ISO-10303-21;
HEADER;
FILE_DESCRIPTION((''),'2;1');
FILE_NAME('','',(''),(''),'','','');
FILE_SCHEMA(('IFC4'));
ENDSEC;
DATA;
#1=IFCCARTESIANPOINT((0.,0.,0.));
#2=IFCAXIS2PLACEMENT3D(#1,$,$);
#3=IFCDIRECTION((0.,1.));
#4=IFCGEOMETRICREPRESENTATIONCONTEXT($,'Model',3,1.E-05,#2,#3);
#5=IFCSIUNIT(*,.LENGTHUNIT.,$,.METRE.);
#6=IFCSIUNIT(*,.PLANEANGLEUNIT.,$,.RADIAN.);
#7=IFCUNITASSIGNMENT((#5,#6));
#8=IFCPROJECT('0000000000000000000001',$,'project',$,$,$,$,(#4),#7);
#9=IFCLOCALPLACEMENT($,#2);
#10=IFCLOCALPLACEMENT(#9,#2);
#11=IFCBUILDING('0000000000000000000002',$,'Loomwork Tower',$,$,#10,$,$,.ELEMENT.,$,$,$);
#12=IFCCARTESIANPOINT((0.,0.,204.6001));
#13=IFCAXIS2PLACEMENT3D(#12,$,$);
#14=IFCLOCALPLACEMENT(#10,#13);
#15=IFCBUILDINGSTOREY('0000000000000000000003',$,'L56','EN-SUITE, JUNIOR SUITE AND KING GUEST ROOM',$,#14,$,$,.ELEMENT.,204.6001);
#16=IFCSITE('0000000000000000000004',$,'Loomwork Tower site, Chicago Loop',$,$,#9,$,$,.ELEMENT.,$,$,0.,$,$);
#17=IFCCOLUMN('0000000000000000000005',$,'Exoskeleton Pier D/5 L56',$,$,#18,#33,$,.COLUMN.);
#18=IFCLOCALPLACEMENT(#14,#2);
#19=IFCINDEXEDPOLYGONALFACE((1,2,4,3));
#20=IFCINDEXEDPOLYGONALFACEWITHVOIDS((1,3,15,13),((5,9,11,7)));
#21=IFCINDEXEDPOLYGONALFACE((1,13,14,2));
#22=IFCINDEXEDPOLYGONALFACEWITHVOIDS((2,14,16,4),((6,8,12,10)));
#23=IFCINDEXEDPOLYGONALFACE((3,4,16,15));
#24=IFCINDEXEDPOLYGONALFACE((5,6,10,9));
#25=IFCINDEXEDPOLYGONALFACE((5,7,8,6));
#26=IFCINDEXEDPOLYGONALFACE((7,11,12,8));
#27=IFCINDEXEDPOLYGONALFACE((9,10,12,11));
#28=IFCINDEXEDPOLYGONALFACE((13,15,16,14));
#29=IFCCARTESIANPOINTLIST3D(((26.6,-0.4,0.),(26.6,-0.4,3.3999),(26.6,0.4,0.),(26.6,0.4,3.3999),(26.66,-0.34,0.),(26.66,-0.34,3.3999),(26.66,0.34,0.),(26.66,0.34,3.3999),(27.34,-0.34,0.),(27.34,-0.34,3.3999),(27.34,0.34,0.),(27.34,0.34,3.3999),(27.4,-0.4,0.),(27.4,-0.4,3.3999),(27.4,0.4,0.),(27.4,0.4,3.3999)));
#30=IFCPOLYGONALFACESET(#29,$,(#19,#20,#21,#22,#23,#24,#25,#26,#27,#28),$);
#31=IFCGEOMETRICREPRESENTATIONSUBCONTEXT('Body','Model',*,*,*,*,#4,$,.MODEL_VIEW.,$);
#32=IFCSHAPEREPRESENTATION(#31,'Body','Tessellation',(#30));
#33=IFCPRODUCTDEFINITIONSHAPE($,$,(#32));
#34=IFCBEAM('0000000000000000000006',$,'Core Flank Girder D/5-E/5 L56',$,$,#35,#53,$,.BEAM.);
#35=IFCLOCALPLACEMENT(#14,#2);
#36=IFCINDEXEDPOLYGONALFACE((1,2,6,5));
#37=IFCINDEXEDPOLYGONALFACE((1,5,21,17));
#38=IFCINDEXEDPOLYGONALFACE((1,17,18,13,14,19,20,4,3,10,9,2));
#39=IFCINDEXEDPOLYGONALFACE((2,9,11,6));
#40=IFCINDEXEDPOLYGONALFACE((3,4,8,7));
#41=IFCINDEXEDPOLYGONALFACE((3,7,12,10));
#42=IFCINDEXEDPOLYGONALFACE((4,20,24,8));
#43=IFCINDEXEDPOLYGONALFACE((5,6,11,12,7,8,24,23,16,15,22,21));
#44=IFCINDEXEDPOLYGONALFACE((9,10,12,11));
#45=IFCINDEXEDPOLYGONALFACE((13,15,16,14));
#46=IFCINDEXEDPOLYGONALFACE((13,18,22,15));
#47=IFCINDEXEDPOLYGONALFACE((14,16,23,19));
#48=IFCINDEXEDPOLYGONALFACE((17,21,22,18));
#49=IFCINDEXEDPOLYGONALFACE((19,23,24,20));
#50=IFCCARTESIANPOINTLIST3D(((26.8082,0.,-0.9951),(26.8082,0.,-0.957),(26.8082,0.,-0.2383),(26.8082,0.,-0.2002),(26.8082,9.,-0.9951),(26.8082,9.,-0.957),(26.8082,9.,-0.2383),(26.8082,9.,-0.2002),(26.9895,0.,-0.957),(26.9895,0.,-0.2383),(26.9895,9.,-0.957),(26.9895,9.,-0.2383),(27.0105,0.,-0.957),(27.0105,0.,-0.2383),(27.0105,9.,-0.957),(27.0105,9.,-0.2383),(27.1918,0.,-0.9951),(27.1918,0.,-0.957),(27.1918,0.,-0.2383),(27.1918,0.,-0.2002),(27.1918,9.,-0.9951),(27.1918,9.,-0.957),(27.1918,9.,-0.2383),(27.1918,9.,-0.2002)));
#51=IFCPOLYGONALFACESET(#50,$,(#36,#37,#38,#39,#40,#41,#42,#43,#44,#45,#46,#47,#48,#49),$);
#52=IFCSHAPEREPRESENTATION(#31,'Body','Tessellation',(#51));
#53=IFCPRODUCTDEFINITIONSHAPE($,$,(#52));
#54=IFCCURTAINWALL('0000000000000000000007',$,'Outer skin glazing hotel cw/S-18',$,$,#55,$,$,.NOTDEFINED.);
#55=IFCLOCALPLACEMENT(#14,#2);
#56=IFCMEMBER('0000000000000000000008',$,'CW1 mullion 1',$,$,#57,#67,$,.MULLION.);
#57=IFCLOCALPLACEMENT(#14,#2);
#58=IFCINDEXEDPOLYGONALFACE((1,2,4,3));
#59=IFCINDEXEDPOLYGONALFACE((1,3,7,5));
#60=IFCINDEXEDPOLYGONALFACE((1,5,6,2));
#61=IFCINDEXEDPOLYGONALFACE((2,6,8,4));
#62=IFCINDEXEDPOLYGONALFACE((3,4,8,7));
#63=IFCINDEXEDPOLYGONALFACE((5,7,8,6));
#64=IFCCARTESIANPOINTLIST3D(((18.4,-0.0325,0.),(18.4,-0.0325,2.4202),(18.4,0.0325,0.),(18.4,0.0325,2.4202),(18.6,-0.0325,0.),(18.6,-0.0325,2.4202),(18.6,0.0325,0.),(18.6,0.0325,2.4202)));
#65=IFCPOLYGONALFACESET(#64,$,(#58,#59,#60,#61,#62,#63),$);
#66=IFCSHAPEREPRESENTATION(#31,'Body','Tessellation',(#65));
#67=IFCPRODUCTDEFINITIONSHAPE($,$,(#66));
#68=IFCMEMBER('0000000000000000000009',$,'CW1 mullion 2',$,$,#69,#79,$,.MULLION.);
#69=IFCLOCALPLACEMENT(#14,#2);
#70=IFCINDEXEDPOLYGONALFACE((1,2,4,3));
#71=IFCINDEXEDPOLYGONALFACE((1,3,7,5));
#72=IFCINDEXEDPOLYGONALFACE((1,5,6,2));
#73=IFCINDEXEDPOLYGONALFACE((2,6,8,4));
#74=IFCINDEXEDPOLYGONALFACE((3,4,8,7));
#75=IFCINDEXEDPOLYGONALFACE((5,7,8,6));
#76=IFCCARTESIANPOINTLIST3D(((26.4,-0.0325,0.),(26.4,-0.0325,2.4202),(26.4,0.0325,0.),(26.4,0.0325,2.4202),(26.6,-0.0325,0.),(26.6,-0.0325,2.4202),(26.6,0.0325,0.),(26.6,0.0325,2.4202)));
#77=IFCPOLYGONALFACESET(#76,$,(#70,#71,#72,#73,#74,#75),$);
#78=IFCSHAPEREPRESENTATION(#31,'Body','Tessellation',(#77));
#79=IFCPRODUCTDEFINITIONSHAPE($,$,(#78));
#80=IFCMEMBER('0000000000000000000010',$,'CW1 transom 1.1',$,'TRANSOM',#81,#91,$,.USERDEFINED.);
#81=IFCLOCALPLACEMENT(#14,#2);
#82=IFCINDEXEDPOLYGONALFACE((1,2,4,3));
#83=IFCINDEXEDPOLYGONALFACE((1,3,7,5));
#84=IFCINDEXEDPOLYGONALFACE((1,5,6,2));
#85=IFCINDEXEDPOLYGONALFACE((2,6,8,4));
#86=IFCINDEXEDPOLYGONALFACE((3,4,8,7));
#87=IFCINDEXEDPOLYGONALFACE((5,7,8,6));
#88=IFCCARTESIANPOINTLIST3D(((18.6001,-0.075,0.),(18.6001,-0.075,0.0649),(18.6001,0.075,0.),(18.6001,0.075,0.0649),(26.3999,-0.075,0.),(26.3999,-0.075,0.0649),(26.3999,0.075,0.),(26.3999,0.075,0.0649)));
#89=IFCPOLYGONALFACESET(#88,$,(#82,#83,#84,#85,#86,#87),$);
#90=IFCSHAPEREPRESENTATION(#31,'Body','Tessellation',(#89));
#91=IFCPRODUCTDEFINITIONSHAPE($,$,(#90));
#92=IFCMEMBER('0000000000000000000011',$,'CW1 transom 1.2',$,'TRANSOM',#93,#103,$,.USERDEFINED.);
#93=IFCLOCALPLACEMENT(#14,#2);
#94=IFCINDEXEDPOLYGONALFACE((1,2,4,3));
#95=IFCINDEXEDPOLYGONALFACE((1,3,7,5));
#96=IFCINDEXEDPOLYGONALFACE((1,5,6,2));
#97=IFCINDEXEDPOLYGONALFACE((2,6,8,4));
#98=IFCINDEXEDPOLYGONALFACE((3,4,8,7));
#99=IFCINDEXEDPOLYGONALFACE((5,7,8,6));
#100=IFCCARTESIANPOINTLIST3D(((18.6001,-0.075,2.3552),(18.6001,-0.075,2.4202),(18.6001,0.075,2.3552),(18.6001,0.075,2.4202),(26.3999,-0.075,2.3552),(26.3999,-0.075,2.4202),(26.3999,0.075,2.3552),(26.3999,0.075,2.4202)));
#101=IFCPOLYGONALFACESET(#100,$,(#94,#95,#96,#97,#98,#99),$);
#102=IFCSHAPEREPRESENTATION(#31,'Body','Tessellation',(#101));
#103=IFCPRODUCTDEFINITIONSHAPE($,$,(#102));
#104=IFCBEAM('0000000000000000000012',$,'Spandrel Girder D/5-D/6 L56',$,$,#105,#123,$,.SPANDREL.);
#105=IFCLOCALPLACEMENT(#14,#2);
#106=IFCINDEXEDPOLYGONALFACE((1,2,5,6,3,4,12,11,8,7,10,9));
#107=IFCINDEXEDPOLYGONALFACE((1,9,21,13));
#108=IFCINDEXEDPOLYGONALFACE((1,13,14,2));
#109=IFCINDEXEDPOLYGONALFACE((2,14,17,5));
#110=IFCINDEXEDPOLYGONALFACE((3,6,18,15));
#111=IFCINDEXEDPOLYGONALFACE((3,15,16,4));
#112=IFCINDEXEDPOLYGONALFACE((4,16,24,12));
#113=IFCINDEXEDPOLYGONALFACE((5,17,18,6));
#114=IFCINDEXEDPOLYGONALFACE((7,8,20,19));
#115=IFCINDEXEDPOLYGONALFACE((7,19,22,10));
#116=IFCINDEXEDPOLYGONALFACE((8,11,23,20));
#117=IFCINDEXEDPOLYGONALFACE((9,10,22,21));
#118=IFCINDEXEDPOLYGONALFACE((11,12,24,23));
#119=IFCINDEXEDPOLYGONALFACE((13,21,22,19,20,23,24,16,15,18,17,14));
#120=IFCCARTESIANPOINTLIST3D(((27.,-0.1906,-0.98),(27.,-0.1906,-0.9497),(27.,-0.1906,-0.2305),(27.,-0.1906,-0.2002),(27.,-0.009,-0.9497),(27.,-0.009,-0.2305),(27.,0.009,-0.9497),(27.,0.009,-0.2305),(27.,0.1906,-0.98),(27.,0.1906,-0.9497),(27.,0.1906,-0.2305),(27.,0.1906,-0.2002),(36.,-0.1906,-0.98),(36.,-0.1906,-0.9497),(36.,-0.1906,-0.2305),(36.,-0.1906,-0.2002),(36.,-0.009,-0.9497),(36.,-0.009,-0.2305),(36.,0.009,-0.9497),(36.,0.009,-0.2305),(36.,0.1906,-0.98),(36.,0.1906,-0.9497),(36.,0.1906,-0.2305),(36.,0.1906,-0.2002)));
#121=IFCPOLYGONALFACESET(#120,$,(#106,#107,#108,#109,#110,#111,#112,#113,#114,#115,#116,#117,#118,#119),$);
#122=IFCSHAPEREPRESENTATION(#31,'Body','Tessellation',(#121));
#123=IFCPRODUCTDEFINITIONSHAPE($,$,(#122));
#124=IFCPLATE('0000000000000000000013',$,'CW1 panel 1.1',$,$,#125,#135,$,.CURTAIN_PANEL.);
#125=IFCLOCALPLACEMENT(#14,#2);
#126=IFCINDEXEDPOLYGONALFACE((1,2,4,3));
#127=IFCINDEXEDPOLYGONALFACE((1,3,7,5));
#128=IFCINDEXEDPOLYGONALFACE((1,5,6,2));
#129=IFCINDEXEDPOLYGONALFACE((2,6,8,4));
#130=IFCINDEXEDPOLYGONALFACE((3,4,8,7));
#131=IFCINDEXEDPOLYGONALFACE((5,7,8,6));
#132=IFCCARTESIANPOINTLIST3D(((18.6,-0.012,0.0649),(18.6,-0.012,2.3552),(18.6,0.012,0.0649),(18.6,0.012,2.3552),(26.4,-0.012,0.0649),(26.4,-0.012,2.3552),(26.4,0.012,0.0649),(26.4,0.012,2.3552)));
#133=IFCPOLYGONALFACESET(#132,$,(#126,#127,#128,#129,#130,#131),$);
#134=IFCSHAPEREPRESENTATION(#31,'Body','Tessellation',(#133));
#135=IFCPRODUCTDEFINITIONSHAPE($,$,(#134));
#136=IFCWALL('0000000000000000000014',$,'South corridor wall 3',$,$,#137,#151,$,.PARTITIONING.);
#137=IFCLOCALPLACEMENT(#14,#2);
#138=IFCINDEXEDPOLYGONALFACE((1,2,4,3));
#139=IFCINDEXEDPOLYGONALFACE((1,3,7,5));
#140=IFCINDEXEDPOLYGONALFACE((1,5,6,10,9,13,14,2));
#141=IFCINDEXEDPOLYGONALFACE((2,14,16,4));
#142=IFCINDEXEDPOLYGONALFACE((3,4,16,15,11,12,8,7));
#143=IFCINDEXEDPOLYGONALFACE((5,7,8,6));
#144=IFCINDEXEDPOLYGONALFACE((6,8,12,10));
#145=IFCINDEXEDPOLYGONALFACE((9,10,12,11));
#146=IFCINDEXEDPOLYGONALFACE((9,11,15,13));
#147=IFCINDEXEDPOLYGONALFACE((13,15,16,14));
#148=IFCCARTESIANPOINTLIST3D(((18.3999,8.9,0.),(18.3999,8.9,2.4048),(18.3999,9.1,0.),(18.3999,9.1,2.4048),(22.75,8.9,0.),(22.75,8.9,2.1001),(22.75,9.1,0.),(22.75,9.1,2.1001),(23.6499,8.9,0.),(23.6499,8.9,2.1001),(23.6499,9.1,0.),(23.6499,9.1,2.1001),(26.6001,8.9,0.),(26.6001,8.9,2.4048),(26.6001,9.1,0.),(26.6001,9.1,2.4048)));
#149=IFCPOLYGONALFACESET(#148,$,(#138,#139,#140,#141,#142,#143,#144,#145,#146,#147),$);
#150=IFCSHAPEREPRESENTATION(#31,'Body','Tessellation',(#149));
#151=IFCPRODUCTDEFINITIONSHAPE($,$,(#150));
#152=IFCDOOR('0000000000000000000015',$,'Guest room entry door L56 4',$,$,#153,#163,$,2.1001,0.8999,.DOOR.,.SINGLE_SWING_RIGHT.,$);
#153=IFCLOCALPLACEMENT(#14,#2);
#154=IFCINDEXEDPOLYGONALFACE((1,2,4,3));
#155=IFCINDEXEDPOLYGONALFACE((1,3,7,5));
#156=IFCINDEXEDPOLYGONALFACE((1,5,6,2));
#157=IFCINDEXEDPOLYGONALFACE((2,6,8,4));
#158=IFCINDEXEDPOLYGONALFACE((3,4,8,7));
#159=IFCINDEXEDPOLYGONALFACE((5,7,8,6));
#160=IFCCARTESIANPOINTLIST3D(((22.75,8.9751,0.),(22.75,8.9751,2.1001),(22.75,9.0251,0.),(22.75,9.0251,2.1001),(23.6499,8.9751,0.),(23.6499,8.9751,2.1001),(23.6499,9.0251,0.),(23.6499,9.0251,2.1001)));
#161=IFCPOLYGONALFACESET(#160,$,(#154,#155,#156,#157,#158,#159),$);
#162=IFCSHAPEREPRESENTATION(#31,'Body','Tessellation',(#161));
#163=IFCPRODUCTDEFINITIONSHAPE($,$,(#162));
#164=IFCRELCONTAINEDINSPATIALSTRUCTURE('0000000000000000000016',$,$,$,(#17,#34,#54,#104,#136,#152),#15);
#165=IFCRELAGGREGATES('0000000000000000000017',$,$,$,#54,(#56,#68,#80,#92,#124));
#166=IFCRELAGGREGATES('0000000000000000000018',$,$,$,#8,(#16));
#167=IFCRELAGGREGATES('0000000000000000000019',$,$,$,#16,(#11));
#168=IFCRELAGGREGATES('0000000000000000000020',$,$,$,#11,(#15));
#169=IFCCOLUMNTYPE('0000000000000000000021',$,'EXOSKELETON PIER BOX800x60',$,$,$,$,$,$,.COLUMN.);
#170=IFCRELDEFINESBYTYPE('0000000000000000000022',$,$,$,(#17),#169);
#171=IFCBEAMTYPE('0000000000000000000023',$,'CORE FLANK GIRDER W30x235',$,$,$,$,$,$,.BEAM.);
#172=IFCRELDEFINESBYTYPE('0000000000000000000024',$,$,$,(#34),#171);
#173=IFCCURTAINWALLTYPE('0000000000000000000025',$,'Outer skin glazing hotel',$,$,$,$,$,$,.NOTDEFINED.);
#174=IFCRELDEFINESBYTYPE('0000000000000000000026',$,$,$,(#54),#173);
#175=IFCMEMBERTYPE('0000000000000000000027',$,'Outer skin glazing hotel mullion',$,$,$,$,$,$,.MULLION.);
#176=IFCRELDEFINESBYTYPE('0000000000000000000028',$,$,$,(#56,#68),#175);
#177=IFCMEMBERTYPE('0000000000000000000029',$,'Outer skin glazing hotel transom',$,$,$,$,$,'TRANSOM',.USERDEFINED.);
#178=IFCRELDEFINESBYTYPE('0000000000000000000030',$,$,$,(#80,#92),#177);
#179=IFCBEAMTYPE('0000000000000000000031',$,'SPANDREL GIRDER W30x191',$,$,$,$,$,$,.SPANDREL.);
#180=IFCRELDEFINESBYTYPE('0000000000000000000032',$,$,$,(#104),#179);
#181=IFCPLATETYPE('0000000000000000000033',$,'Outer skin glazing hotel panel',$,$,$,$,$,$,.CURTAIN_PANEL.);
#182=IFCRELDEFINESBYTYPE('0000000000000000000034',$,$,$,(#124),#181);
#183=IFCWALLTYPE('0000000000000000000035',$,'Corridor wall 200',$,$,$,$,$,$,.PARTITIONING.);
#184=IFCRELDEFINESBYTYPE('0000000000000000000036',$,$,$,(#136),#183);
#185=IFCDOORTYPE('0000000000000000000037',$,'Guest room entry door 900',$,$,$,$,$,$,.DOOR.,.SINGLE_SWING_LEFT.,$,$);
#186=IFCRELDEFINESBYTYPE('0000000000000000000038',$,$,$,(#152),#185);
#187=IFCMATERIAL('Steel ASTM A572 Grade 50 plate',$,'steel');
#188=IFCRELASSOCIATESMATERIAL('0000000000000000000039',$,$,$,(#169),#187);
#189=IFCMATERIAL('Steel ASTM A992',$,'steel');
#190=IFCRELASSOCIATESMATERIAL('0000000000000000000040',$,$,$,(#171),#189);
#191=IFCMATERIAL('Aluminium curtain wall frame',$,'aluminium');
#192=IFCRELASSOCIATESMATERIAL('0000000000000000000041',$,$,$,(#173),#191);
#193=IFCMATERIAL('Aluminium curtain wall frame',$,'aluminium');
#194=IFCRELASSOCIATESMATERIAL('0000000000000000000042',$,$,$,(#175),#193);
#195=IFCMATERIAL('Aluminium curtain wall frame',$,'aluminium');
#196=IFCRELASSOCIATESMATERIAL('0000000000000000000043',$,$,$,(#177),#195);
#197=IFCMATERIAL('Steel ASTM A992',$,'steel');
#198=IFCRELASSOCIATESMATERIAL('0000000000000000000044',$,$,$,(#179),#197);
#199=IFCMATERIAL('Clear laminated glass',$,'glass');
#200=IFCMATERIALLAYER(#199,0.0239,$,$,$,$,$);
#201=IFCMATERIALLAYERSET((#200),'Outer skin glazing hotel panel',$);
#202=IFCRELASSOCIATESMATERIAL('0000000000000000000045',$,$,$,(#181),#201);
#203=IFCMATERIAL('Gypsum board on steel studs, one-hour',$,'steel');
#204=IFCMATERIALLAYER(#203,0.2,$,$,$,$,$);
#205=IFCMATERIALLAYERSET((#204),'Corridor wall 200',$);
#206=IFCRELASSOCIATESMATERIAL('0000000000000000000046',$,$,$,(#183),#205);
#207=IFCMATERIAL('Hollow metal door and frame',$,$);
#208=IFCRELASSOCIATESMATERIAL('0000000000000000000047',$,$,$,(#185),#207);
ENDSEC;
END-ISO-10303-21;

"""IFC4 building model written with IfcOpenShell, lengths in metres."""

from ifc_helpers import new_model, si_unit, direction, frame, frame_2d, origin, origin_2d, place, context, subcontext, project, spatial, rectangle, hollow_rectangle, i_section, extrude, material, layer, layer_set, material_profile, profile_set, type_object, element, fill, aggregate, save


model = new_model("IFC4")

# Units and contexts
model_context = context("Model", 3, precision=1e-05, world=origin(), true_north=direction((0.0, 1.0)))
body_context = subcontext(model_context, "Body", "Model", "MODEL_VIEW")
ifc_project = project(units=[si_unit("LENGTHUNIT", "METRE"), si_unit("PLANEANGLEUNIT", "RADIAN")], contexts=[model_context])

# Site, building, storey
site_placement = place(None, origin())
site = spatial("IfcSite", under=ifc_project, at=site_placement, Name="Loomwork Tower site, Chicago Loop", CompositionType="ELEMENT", RefElevation=0.0)
building_placement = place(site_placement, origin())
building = spatial("IfcBuilding", under=site, at=building_placement, Name="Loomwork Tower", CompositionType="ELEMENT")
storey_placement = place(building_placement, frame((0.0, 0.0, 204.6001)))
storey = spatial("IfcBuildingStorey", under=building, at=storey_placement, Name="L56", Description="EN-SUITE, JUNIOR SUITE AND KING GUEST ROOM", CompositionType="ELEMENT", Elevation=204.6001)

# Column
ifc_material_1 = material(Name="Steel ASTM A572 Grade 50 plate", Category="steel")
ifc_material_profile_1 = material_profile(ifc_material_1, hollow_rectangle(XDim=0.8, YDim=0.8, WallThickness=0.0601, at=origin_2d()), Name="BOX800x60")
ifc_profile_set_1 = profile_set([ifc_material_profile_1], Name="Steel ASTM A572 Grade 50 plate")
column_type = type_object("IfcColumnType", Name="EXOSKELETON PIER BOX800x60", PredefinedType="COLUMN", material=ifc_profile_set_1)
column_placement = place(storey_placement, frame((27.0, 0.0, 0.0), z_axis=(0.0, 0.0, 1.0), x_axis=(1.0, 0.0, 0.0)))
element("IfcColumn", 1, at=column_placement, inside=storey, type_object=column_type, Name="Exoskeleton Pier D/5 L56", PredefinedType="COLUMN", context=body_context, shape_type="SweptSolid", body=[
    extrude(hollow_rectangle(XDim=0.8, YDim=0.8, WallThickness=0.0601, at=origin_2d()), origin(), (0.0, 0.0, 1.0), 3.3999),
])

# Beam
ifc_material_2 = material(Name="Steel ASTM A992", Category="steel")
ifc_material_profile_2 = material_profile(ifc_material_2, i_section(OverallWidth=0.3835, OverallDepth=0.7949, WebThickness=0.021, FlangeThickness=0.0381, at=origin_2d()), Name="W30x235")
ifc_profile_set_2 = profile_set([ifc_material_profile_2], Name="Steel ASTM A992")
beam_type_1 = type_object("IfcBeamType", Name="CORE FLANK GIRDER W30x235", PredefinedType="BEAM", material=ifc_profile_set_2)
beam_1_placement = place(storey_placement, frame((27.0, 0.0, -0.5977), z_axis=(0.0, 1.0, 0.0), x_axis=(-1.0, 0.0, 0.0)))
element("IfcBeam", 2, at=beam_1_placement, inside=storey, type_object=beam_type_1, Name="Core Flank Girder D/5-E/5 L56", PredefinedType="BEAM", context=body_context, shape_type="SweptSolid", body=[
    extrude(i_section(OverallWidth=0.3835, OverallDepth=0.7949, WebThickness=0.021, FlangeThickness=0.0381, at=origin_2d()), origin(), (0.0, 0.0, 1.0), 9.0),
])

# Curtain wall, members
ifc_material_3 = material(Name="Aluminium curtain wall frame", Category="aluminium")
curtain_wall_type = type_object("IfcCurtainWallType", Name="Outer skin glazing hotel", PredefinedType="NOTDEFINED", material=ifc_material_3)
curtain_wall_placement = place(storey_placement, origin())
curtain_wall = element("IfcCurtainWall", 3, at=curtain_wall_placement, inside=storey, type_object=curtain_wall_type, Name="Outer skin glazing hotel cw/S-18", PredefinedType="NOTDEFINED")
ifc_material_4 = material(Name="Aluminium curtain wall frame", Category="aluminium")
ifc_material_profile_3 = material_profile(ifc_material_4, rectangle(XDim=0.0649, YDim=0.2, at=origin_2d()), Name="AL 65x200")
ifc_profile_set_3 = profile_set([ifc_material_profile_3], Name="Aluminium curtain wall frame")
member_type_1 = type_object("IfcMemberType", Name="Outer skin glazing hotel mullion", PredefinedType="MULLION", material=ifc_profile_set_3)
member_1_placement = place(storey_placement, frame((18.5, 0.0, 0.0), z_axis=(0.0, 0.0, 1.0), x_axis=(0.0, 1.0, 0.0)))
member_1 = element("IfcMember", 4, at=member_1_placement, type_object=member_type_1, Name="CW1 mullion 1", PredefinedType="MULLION", context=body_context, shape_type="SweptSolid", body=[
    extrude(rectangle(XDim=0.0649, YDim=0.2, at=origin_2d()), origin(), (0.0, 0.0, 1.0), 2.4202),
])
member_2_placement = place(storey_placement, frame((26.5, 0.0, 0.0), z_axis=(0.0, 0.0, 1.0), x_axis=(0.0, 1.0, 0.0)))
member_2 = element("IfcMember", 5, at=member_2_placement, type_object=member_type_1, Name="CW1 mullion 2", PredefinedType="MULLION", context=body_context, shape_type="SweptSolid", body=[
    extrude(rectangle(XDim=0.0649, YDim=0.2, at=origin_2d()), origin(), (0.0, 0.0, 1.0), 2.4202),
])
ifc_material_5 = material(Name="Aluminium curtain wall frame", Category="aluminium")
ifc_material_profile_4 = material_profile(ifc_material_5, rectangle(XDim=0.1499, YDim=0.0649, at=origin_2d()), Name="AL 65x150")
ifc_profile_set_4 = profile_set([ifc_material_profile_4], Name="Aluminium curtain wall frame")
member_type_2 = type_object("IfcMemberType", Name="Outer skin glazing hotel transom", ElementType="TRANSOM", PredefinedType="USERDEFINED", material=ifc_profile_set_4)
member_3_placement = place(storey_placement, frame((18.6001, 0.0, 0.0325), z_axis=(1.0, 0.0, 0.0), x_axis=(0.0, 1.0, 0.0)))
member_3 = element("IfcMember", 6, at=member_3_placement, type_object=member_type_2, Name="CW1 transom 1.1", ObjectType="TRANSOM", PredefinedType="USERDEFINED", context=body_context, shape_type="SweptSolid", body=[
    extrude(rectangle(XDim=0.1499, YDim=0.0649, at=origin_2d()), origin(), (0.0, 0.0, 1.0), 7.7998),
])
member_4_placement = place(storey_placement, frame((18.6001, 0.0, 2.3877), z_axis=(1.0, 0.0, 0.0), x_axis=(0.0, 1.0, 0.0)))
member_4 = element("IfcMember", 7, at=member_4_placement, type_object=member_type_2, Name="CW1 transom 1.2", ObjectType="TRANSOM", PredefinedType="USERDEFINED", context=body_context, shape_type="SweptSolid", body=[
    extrude(rectangle(XDim=0.1499, YDim=0.0649, at=origin_2d()), origin(), (0.0, 0.0, 1.0), 7.7998),
])

# Beam
ifc_material_6 = material(Name="Steel ASTM A992", Category="steel")
ifc_material_profile_5 = material_profile(ifc_material_6, i_section(OverallWidth=0.3811, OverallDepth=0.7798, WebThickness=0.0181, FlangeThickness=0.0303, at=origin_2d()), Name="W30x191")
ifc_profile_set_5 = profile_set([ifc_material_profile_5], Name="Steel ASTM A992")
beam_type_2 = type_object("IfcBeamType", Name="SPANDREL GIRDER W30x191", PredefinedType="SPANDREL", material=ifc_profile_set_5)
beam_2_placement = place(storey_placement, frame((27.0, 0.0, -0.5901), z_axis=(1.0, 0.0, 0.0), x_axis=(0.0, 1.0, 0.0)))
element("IfcBeam", 8, at=beam_2_placement, inside=storey, type_object=beam_type_2, Name="Spandrel Girder D/5-D/6 L56", PredefinedType="SPANDREL", context=body_context, shape_type="SweptSolid", body=[
    extrude(i_section(OverallWidth=0.3811, OverallDepth=0.7798, WebThickness=0.0181, FlangeThickness=0.0303, at=origin_2d()), origin(), (0.0, 0.0, 1.0), 9.0),
])

# Plate
ifc_material_7 = material(Name="Clear laminated glass", Category="glass")
ifc_layer_1 = layer(ifc_material_7, 0.0239)
ifc_layer_set_1 = layer_set([ifc_layer_1], Name="Outer skin glazing hotel panel")
plate_type = type_object("IfcPlateType", Name="Outer skin glazing hotel panel", PredefinedType="CURTAIN_PANEL", material=ifc_layer_set_1)
plate_placement = place(storey_placement, frame((22.5, 0.0, 0.0649), z_axis=(0.0, 0.0, 1.0), x_axis=(1.0, 0.0, 0.0)))
plate = element("IfcPlate", 9, at=plate_placement, type_object=plate_type, Name="CW1 panel 1.1", PredefinedType="CURTAIN_PANEL", context=body_context, shape_type="SweptSolid", body=[
    extrude(rectangle(XDim=7.8, YDim=0.0239, at=origin_2d()), origin(), (0.0, 0.0, 1.0), 2.2903),
])
aggregate(curtain_wall, [member_1, member_2, member_3, member_4, plate])

# Wall, opening, door
ifc_material_8 = material(Name="Gypsum board on steel studs, one-hour", Category="steel")
ifc_layer_2 = layer(ifc_material_8, 0.2)
ifc_layer_set_2 = layer_set([ifc_layer_2], Name="Corridor wall 200")
wall_type_1 = type_object("IfcWallType", Name="Corridor wall 200", PredefinedType="PARTITIONING", material=ifc_layer_set_2)
wall_1_placement = place(storey_placement, frame((18.3999, 9.0, 0.0), z_axis=(0.0, 0.0, 1.0), x_axis=(1.0, 0.0, 0.0)))
wall_1 = element("IfcWall", 10, at=wall_1_placement, inside=storey, type_object=wall_type_1, Name="South corridor wall 3", PredefinedType="PARTITIONING", context=body_context, shape_type="SweptSolid", body=[
    extrude(rectangle(XDim=8.2002, YDim=0.2, at=frame_2d((4.1001, 0.0))), origin(), (0.0, 0.0, 1.0), 2.4048),
])
opening_1_placement = place(wall_1_placement, frame((4.3501, 0.0, 0.0)))
opening_1 = element("IfcOpeningElement", 11, at=opening_1_placement, cuts=wall_1, PredefinedType="OPENING", context=body_context, shape_type="SweptSolid", body=[
    extrude(rectangle(XDim=0.8999, YDim=2.1001, at=frame_2d((0.45, 1.05))), frame((0.0, 0.1099, 0.0), z_axis=(0.0, -1.0, 0.0), x_axis=(1.0, 0.0, 0.0)), (0.0, 0.0, 1.0), 0.22),
])
ifc_material_9 = material(Name="Hollow metal door and frame")
door_type_1 = type_object("IfcDoorType", Name="Guest room entry door 900", OperationType="SINGLE_SWING_LEFT", PredefinedType="DOOR", material=ifc_material_9)
door_1_placement = place(opening_1_placement, frame((0.8999, 0.0, 0.0), z_axis=(0.0, 0.0, 1.0), x_axis=(-1.0, 0.0, 0.0)))
door_1 = element("IfcDoor", 12, at=door_1_placement, inside=storey, type_object=door_type_1, Name="Guest room entry door L56 4", OperationType="SINGLE_SWING_RIGHT", OverallHeight=2.1001, OverallWidth=0.8999, PredefinedType="DOOR", context=body_context, shape_type="SweptSolid", body=[
    extrude(rectangle(XDim=0.8999, YDim=2.1001, at=frame_2d((0.45, 1.05))), frame((0.0, 0.0249, 0.0), z_axis=(0.0, -1.0, 0.0), x_axis=(1.0, 0.0, 0.0)), (0.0, 0.0, 1.0), 0.05),
])
fill(opening_1, door_1)

save(model, "model.ifc")
